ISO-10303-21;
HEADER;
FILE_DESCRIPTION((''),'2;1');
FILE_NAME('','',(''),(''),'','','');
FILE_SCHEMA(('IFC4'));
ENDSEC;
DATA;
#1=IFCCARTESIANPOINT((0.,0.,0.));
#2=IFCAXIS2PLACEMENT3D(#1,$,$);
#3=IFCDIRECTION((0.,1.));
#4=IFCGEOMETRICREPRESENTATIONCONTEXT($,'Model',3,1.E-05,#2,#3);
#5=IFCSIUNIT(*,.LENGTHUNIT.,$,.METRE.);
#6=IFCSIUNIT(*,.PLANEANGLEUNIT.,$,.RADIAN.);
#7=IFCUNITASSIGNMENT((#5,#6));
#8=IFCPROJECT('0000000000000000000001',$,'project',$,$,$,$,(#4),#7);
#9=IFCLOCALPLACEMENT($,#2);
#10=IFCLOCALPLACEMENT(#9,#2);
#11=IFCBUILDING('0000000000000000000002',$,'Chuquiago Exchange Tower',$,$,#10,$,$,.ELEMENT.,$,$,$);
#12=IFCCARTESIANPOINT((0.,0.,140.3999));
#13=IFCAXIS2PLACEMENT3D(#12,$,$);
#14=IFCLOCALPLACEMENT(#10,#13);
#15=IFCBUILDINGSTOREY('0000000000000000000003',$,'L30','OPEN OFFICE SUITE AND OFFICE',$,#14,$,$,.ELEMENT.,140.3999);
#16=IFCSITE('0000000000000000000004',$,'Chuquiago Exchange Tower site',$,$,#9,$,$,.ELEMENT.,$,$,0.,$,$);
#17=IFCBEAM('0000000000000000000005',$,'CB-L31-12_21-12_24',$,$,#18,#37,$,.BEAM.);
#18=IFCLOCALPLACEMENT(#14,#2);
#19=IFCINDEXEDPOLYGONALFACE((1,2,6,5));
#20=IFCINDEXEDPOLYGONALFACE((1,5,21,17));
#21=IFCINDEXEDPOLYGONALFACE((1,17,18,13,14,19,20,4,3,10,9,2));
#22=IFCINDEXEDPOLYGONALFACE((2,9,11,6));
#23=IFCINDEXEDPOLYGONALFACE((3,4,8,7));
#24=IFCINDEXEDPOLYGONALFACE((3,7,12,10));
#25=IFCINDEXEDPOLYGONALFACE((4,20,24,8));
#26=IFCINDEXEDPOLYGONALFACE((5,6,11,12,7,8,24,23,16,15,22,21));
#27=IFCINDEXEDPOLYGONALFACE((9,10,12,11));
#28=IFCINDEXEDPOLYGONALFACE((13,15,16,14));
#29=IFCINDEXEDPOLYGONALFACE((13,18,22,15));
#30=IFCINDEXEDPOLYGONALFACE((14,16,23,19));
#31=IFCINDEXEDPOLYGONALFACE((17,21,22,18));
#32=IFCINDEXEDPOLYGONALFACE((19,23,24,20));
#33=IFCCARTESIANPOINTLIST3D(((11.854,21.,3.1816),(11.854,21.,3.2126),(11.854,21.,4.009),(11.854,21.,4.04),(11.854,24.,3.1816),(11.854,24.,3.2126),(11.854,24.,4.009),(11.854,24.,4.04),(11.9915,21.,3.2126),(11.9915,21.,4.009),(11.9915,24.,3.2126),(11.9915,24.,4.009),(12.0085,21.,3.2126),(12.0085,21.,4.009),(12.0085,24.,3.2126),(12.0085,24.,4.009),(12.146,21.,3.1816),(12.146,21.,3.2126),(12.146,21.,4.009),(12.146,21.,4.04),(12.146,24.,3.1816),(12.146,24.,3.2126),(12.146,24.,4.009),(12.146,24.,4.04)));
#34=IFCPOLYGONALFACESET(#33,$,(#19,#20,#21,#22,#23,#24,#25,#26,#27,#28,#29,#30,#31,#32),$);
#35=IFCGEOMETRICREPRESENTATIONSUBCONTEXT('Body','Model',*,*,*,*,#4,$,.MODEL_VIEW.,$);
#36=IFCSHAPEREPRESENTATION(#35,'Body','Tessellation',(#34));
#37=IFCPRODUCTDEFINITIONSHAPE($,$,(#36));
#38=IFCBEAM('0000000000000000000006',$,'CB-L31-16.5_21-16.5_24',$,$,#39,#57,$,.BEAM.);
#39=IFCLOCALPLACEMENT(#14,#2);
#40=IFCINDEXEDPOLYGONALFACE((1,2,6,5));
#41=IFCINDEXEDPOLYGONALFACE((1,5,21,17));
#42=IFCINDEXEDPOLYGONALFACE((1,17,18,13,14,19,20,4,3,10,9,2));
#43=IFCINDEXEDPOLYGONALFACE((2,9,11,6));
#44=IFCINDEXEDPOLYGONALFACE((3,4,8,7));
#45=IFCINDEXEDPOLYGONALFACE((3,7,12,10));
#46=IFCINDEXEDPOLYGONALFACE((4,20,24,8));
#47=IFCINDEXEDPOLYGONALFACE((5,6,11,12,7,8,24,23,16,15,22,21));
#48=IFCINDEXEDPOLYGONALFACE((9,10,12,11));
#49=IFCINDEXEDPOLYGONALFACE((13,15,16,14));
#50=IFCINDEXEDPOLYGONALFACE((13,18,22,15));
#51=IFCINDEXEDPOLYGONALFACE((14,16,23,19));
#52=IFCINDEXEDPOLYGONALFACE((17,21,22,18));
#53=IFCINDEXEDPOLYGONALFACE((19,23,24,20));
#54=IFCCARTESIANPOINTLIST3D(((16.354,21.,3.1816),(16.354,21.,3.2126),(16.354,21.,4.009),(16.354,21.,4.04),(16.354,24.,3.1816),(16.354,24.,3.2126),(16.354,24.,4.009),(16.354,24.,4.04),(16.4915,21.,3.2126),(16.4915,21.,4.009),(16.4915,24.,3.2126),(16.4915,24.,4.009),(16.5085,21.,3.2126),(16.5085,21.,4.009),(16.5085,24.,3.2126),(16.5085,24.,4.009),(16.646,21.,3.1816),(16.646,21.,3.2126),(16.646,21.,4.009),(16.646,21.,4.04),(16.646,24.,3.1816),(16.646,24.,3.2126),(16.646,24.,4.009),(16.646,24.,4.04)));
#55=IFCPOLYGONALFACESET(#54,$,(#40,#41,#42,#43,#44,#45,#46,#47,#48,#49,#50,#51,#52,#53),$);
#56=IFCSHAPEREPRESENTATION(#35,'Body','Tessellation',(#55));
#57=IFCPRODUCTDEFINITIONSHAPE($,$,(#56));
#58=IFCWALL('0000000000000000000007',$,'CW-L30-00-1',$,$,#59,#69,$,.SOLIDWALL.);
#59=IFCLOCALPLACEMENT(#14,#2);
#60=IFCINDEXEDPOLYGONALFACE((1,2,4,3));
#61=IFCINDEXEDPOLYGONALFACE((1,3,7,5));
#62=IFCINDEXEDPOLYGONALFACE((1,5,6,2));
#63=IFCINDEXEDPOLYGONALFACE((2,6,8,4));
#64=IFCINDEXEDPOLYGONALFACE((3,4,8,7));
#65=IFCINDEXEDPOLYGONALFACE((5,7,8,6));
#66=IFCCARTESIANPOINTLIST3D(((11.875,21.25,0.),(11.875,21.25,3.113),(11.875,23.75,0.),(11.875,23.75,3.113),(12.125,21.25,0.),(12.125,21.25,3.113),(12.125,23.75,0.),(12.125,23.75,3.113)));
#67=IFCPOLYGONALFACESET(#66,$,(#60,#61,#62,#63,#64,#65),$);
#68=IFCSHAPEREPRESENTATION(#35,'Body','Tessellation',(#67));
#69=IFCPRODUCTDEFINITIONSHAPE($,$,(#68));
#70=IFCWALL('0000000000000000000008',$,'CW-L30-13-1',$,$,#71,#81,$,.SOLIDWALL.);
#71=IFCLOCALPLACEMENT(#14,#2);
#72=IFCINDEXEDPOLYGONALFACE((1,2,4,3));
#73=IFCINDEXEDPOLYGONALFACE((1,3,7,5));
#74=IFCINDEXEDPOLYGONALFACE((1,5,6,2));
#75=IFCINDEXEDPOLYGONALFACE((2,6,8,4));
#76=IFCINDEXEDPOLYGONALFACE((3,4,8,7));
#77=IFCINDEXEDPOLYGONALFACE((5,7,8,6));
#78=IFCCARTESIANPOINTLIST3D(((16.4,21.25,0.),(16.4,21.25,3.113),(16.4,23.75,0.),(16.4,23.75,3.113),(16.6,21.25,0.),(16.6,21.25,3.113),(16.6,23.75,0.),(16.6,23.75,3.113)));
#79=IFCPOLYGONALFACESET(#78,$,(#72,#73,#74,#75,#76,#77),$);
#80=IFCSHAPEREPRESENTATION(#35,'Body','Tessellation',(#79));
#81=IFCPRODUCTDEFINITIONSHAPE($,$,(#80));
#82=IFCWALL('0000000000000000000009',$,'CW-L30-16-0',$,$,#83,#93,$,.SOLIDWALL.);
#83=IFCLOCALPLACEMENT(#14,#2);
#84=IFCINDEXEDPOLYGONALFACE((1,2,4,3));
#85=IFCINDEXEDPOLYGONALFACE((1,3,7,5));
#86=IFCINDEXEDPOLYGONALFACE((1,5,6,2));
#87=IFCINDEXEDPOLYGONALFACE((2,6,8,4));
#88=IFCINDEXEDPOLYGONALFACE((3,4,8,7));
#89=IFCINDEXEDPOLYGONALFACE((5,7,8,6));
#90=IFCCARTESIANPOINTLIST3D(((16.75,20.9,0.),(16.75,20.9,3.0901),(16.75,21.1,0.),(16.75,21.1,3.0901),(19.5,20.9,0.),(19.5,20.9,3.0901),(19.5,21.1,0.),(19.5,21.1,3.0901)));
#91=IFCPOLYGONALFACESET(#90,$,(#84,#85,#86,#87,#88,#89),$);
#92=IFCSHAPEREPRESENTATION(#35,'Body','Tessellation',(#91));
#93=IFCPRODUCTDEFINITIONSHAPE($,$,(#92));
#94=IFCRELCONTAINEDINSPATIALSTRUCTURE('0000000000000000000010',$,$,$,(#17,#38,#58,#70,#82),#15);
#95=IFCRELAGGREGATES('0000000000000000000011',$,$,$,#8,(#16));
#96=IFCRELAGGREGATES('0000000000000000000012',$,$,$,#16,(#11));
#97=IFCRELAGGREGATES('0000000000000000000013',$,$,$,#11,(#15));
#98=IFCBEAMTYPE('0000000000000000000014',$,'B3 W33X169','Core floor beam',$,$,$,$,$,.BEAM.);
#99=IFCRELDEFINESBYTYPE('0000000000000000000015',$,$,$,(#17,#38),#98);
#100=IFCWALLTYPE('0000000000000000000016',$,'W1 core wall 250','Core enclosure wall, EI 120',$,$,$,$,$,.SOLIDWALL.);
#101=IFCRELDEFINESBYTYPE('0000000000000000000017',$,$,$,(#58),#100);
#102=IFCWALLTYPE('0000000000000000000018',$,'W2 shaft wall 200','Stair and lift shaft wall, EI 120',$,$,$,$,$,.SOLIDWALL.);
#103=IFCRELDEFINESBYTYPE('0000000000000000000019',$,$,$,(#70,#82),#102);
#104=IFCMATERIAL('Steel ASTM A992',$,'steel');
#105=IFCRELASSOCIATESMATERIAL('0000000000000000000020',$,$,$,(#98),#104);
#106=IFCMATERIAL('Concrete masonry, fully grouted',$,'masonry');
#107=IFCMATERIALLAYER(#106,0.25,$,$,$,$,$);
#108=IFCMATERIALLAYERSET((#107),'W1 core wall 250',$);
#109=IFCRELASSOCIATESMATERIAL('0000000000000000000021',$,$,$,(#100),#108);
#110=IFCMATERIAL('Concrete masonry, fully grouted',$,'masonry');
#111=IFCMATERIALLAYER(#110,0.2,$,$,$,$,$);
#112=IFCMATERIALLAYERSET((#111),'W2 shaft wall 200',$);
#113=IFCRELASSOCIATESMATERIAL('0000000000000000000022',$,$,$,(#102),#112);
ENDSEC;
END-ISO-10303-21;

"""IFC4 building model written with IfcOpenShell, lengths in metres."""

from ifc_helpers import new_model, si_unit, direction, frame, frame_2d, origin, origin_2d, place, context, subcontext, project, spatial, rectangle, i_section, extrude, material, layer, layer_set, material_profile, profile_set, type_object, element, save


model = new_model("IFC4")

# Units and contexts
model_context = context("Model", 3, precision=1e-05, world=origin(), true_north=direction((0.0, 1.0)))
body_context = subcontext(model_context, "Body", "Model", "MODEL_VIEW")
ifc_project = project(units=[si_unit("LENGTHUNIT", "METRE"), si_unit("PLANEANGLEUNIT", "RADIAN")], contexts=[model_context])

# Site, building, storey
site_placement = place(None, origin())
site = spatial("IfcSite", under=ifc_project, at=site_placement, Name="Chuquiago Exchange Tower site", CompositionType="ELEMENT", RefElevation=0.0)
building_placement = place(site_placement, origin())
building = spatial("IfcBuilding", under=site, at=building_placement, Name="Chuquiago Exchange Tower", CompositionType="ELEMENT")
storey_placement = place(building_placement, frame((0.0, 0.0, 140.3999)))
storey = spatial("IfcBuildingStorey", under=building, at=storey_placement, Name="L30", Description="OPEN OFFICE SUITE AND OFFICE", CompositionType="ELEMENT", Elevation=140.3999)

# Beams
ifc_material_1 = material(Name="Steel ASTM A992", Category="steel")
ifc_material_profile_1 = material_profile(ifc_material_1, i_section(OverallWidth=0.292, OverallDepth=0.8584, WebThickness=0.0171, FlangeThickness=0.031, at=origin_2d()), Name="W33X169")
ifc_profile_set_1 = profile_set([ifc_material_profile_1], Name="Steel ASTM A992")
beam_type_1 = type_object("IfcBeamType", Name="B3 W33X169", Description="Core floor beam", PredefinedType="BEAM", material=ifc_profile_set_1)
for number, where, z_axis, x_axis, name in (
    (1, (12.0, 21.0, 3.6108), (0.0, 1.0, 0.0), (-1.0, 0.0, 0.0), "CB-L31-12_21-12_24"),
    (2, (16.5, 21.0, 3.6108), (0.0, 1.0, 0.0), (-1.0, 0.0, 0.0), "CB-L31-16.5_21-16.5_24"),
):
    element("IfcBeam", number, at=place(storey_placement, frame(where, z_axis=z_axis, x_axis=x_axis)), inside=storey, type_object=beam_type_1, Name=name, PredefinedType="BEAM", context=body_context, shape_type="SweptSolid", body=[
        extrude(i_section(OverallWidth=0.292, OverallDepth=0.8584, WebThickness=0.0171, FlangeThickness=0.031, at=origin_2d()), origin(), (0.0, 0.0, 1.0), 3.0),
    ])

# Walls
ifc_material_2 = material(Name="Concrete masonry, fully grouted", Category="masonry")
ifc_layer_1 = layer(ifc_material_2, 0.25)
ifc_layer_set_1 = layer_set([ifc_layer_1], Name="W1 core wall 250")
wall_type_1 = type_object("IfcWallType", Name="W1 core wall 250", Description="Core enclosure wall, EI 120", PredefinedType="SOLIDWALL", material=ifc_layer_set_1)
wall_1_placement = place(storey_placement, frame((12.0, 21.25, 0.0), z_axis=(0.0, 0.0, 1.0), x_axis=(0.0, 1.0, 0.0)))
element("IfcWall", 3, at=wall_1_placement, inside=storey, type_object=wall_type_1, Name="CW-L30-00-1", PredefinedType="SOLIDWALL", context=body_context, shape_type="SweptSolid", body=[
    extrude(rectangle(XDim=2.5, YDim=0.25, at=frame_2d((1.25, 0.0))), origin(), (0.0, 0.0, 1.0), 3.113),
])
ifc_material_3 = material(Name="Concrete masonry, fully grouted", Category="masonry")
ifc_layer_2 = layer(ifc_material_3, 0.2)
ifc_layer_set_2 = layer_set([ifc_layer_2], Name="W2 shaft wall 200")
wall_type_2 = type_object("IfcWallType", Name="W2 shaft wall 200", Description="Stair and lift shaft wall, EI 120", PredefinedType="SOLIDWALL", material=ifc_layer_set_2)
wall_2_placement = place(storey_placement, frame((16.5, 21.25, 0.0), z_axis=(0.0, 0.0, 1.0), x_axis=(0.0, 1.0, 0.0)))
element("IfcWall", 4, at=wall_2_placement, inside=storey, type_object=wall_type_2, Name="CW-L30-13-1", PredefinedType="SOLIDWALL", context=body_context, shape_type="SweptSolid", body=[
    extrude(rectangle(XDim=2.5, YDim=0.2, at=frame_2d((1.25, 0.0))), origin(), (0.0, 0.0, 1.0), 3.113),
])
wall_3_placement = place(storey_placement, frame((16.75, 21.0, 0.0), z_axis=(0.0, 0.0, 1.0), x_axis=(1.0, 0.0, 0.0)))
element("IfcWall", 5, at=wall_3_placement, inside=storey, type_object=wall_type_2, Name="CW-L30-16-0", PredefinedType="SOLIDWALL", context=body_context, shape_type="SweptSolid", body=[
    extrude(rectangle(XDim=2.75, YDim=0.2, at=frame_2d((1.375, 0.0))), origin(), (0.0, 0.0, 1.0), 3.0901),
])

save(model, "model.ifc")
